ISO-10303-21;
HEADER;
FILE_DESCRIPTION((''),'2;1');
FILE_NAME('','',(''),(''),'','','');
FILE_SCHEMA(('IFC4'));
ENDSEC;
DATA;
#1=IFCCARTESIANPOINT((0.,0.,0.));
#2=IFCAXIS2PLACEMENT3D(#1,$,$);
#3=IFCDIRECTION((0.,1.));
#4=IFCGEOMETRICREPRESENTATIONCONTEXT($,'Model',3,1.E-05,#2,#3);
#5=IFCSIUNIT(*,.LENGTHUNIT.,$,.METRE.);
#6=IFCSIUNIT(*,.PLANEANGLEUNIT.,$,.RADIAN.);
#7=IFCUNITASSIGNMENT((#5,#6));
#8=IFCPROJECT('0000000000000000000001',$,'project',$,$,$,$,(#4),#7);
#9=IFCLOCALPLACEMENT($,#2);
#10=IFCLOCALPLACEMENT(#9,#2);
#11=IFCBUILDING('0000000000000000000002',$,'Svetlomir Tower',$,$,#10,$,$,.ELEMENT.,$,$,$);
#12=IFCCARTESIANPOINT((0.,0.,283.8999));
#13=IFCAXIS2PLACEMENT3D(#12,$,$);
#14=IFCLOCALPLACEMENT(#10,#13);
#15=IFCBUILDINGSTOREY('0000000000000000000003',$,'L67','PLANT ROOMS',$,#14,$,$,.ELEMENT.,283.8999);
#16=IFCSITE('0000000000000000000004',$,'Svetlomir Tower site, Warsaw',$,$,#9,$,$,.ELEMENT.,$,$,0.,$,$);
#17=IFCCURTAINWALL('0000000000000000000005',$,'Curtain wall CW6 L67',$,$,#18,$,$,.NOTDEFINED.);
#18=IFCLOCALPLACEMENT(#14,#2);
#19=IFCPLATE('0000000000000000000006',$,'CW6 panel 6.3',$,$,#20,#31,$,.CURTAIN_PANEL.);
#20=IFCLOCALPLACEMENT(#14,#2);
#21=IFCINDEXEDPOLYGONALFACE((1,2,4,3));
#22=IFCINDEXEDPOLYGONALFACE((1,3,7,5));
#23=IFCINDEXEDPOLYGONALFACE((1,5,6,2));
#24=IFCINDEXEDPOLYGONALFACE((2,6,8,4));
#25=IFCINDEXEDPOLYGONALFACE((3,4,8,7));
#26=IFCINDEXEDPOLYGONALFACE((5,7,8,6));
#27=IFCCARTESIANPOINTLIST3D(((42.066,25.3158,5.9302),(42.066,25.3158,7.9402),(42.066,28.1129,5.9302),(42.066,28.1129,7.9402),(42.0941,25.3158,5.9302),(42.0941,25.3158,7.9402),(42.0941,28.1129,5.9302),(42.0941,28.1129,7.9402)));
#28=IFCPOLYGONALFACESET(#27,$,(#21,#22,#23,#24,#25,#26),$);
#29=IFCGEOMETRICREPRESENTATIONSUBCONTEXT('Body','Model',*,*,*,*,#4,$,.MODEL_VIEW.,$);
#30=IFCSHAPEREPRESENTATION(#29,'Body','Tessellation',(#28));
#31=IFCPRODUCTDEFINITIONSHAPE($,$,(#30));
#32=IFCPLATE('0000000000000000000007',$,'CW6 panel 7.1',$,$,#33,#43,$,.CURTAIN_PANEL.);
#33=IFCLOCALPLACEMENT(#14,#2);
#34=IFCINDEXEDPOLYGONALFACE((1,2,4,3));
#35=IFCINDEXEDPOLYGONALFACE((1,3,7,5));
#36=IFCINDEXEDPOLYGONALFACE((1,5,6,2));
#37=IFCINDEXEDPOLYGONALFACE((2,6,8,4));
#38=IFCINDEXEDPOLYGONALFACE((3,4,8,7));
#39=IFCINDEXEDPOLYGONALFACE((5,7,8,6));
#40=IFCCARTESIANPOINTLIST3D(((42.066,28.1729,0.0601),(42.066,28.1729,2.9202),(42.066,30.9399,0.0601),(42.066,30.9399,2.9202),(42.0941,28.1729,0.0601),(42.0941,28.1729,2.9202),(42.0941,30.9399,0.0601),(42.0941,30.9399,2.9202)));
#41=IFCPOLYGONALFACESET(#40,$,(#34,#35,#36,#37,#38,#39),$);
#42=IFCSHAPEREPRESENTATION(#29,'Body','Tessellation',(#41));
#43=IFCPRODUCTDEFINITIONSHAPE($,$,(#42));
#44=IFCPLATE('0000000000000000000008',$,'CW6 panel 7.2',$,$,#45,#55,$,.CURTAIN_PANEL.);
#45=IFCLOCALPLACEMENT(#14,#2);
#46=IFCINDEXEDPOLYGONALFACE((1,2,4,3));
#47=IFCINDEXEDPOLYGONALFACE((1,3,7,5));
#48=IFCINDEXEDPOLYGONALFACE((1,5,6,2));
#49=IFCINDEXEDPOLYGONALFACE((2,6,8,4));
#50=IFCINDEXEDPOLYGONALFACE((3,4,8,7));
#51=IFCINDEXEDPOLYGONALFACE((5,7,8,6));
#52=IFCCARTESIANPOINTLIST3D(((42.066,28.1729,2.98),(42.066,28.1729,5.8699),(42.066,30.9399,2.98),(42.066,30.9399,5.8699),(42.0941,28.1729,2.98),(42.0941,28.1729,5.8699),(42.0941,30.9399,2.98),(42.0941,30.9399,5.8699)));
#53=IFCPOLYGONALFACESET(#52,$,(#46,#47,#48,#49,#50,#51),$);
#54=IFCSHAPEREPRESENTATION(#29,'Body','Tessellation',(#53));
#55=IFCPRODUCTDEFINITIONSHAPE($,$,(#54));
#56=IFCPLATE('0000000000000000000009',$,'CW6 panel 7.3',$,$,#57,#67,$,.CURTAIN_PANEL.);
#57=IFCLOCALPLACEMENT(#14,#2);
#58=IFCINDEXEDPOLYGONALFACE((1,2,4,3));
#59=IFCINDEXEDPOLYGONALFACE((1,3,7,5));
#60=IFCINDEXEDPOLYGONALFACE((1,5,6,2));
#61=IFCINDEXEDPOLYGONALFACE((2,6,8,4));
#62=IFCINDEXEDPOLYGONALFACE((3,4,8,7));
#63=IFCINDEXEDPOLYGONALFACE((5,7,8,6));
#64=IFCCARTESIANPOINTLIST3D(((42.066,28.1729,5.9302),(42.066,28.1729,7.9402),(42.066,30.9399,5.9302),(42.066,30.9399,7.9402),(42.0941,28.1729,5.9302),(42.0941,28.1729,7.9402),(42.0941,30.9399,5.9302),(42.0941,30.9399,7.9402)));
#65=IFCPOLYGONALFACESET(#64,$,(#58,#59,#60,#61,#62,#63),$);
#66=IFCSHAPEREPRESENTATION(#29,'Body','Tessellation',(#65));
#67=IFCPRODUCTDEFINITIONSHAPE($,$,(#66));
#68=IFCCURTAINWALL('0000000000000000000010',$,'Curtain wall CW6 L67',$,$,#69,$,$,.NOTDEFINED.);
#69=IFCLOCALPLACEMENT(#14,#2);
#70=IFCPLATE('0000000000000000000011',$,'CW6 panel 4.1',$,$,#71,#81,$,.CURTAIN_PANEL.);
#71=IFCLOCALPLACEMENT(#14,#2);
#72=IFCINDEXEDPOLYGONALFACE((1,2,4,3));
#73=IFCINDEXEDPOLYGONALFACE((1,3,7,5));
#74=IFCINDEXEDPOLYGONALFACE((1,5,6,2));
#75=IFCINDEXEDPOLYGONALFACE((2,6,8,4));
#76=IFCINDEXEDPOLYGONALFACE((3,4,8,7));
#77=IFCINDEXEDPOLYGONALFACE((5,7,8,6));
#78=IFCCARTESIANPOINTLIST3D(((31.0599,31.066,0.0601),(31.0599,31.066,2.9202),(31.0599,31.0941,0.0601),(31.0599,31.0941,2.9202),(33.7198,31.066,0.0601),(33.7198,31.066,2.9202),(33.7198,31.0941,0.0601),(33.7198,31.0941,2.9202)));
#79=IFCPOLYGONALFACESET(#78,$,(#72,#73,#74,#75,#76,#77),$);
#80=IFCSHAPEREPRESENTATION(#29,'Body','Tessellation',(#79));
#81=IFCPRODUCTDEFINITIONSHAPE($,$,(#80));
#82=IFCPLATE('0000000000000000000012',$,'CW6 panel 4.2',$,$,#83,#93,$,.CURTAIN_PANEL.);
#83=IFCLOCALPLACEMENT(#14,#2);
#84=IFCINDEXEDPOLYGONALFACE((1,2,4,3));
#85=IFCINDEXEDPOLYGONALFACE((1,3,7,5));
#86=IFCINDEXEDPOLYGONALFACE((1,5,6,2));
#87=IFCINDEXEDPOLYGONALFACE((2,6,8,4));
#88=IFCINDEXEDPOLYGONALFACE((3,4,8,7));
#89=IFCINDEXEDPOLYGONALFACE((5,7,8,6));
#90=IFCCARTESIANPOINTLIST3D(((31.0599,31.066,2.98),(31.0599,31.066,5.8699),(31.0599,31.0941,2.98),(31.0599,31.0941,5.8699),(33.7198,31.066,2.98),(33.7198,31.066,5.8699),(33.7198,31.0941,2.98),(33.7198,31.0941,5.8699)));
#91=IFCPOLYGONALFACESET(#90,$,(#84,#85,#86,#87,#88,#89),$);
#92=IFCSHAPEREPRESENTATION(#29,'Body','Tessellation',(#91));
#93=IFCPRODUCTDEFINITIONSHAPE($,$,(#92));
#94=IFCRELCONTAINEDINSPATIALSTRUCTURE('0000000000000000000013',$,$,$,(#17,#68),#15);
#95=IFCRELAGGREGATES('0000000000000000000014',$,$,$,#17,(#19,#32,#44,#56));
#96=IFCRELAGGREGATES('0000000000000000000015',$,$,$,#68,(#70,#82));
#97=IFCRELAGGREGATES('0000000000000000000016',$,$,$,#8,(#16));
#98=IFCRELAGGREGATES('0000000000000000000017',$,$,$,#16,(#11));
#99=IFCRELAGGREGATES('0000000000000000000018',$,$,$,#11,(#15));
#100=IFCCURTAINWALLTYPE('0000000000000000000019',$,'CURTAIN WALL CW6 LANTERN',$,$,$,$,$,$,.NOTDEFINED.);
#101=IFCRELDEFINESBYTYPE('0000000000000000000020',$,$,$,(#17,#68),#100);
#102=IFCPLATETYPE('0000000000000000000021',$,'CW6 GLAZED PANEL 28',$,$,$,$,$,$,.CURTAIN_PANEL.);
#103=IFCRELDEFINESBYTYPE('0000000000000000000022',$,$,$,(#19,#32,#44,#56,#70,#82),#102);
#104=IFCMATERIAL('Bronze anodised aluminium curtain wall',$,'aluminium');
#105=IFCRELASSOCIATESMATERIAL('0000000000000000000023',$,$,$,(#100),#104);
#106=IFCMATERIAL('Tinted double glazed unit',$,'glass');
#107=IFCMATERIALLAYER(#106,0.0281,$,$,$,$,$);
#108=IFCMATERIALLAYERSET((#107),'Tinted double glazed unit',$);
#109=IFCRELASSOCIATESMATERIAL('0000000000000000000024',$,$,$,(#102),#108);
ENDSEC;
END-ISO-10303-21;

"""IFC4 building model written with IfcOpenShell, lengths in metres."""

from ifc_helpers import new_model, si_unit, direction, frame, origin, origin_2d, place, context, subcontext, project, spatial, rectangle, extrude, material, layer, layer_set, type_object, element, aggregate, save


model = new_model("IFC4")

# Units and contexts
model_context = context("Model", 3, precision=1e-05, world=origin(), true_north=direction((0.0, 1.0)))
body_context = subcontext(model_context, "Body", "Model", "MODEL_VIEW")
ifc_project = project(units=[si_unit("LENGTHUNIT", "METRE"), si_unit("PLANEANGLEUNIT", "RADIAN")], contexts=[model_context])

# Site, building, storey
site_placement = place(None, origin())
site = spatial("IfcSite", under=ifc_project, at=site_placement, Name="Svetlomir Tower site, Warsaw", CompositionType="ELEMENT", RefElevation=0.0)
building_placement = place(site_placement, origin())
building = spatial("IfcBuilding", under=site, at=building_placement, Name="Svetlomir Tower", CompositionType="ELEMENT")
storey_placement = place(building_placement, frame((0.0, 0.0, 283.8999)))
storey = spatial("IfcBuildingStorey", under=building, at=storey_placement, Name="L67", Description="PLANT ROOMS", CompositionType="ELEMENT", Elevation=283.8999)

# Curtain wall, plates
ifc_material_1 = material(Name="Bronze anodised aluminium curtain wall", Category="aluminium")
curtain_wall_type = type_object("IfcCurtainWallType", Name="CURTAIN WALL CW6 LANTERN", PredefinedType="NOTDEFINED", material=ifc_material_1)
curtain_wall_1_placement = place(storey_placement, origin())
curtain_wall_1 = element("IfcCurtainWall", 1, at=curtain_wall_1_placement, inside=storey, type_object=curtain_wall_type, Name="Curtain wall CW6 L67", PredefinedType="NOTDEFINED")
ifc_material_2 = material(Name="Tinted double glazed unit", Category="glass")
ifc_layer = layer(ifc_material_2, 0.0281)
ifc_layer_set = layer_set([ifc_layer], Name="Tinted double glazed unit")
plate_type = type_object("IfcPlateType", Name="CW6 GLAZED PANEL 28", PredefinedType="CURTAIN_PANEL", material=ifc_layer_set)
plate_1_placement = place(storey_placement, frame((42.0801, 26.7144, 5.9302), z_axis=(0.0, 0.0, 1.0), x_axis=(0.0, 1.0, 0.0)))
plate_1 = element("IfcPlate", 2, at=plate_1_placement, type_object=plate_type, Name="CW6 panel 6.3", PredefinedType="CURTAIN_PANEL", context=body_context, shape_type="SweptSolid", body=[
    extrude(rectangle(XDim=2.7971, YDim=0.0281, at=origin_2d()), origin(), (0.0, 0.0, 1.0), 2.01),
])
plate_2_placement = place(storey_placement, frame((42.0801, 29.5564, 0.0601), z_axis=(0.0, 0.0, 1.0), x_axis=(0.0, 1.0, 0.0)))
plate_2 = element("IfcPlate", 3, at=plate_2_placement, type_object=plate_type, Name="CW6 panel 7.1", PredefinedType="CURTAIN_PANEL", context=body_context, shape_type="SweptSolid", body=[
    extrude(rectangle(XDim=2.7671, YDim=0.0281, at=origin_2d()), origin(), (0.0, 0.0, 1.0), 2.8601),
])
plate_3_placement = place(storey_placement, frame((42.0801, 29.5564, 2.98), z_axis=(0.0, 0.0, 1.0), x_axis=(0.0, 1.0, 0.0)))
plate_3 = element("IfcPlate", 4, at=plate_3_placement, type_object=plate_type, Name="CW6 panel 7.2", PredefinedType="CURTAIN_PANEL", context=body_context, shape_type="SweptSolid", body=[
    extrude(rectangle(XDim=2.7671, YDim=0.0281, at=origin_2d()), origin(), (0.0, 0.0, 1.0), 2.8899),
])
plate_4_placement = place(storey_placement, frame((42.0801, 29.5564, 5.9302), z_axis=(0.0, 0.0, 1.0), x_axis=(0.0, 1.0, 0.0)))
plate_4 = element("IfcPlate", 5, at=plate_4_placement, type_object=plate_type, Name="CW6 panel 7.3", PredefinedType="CURTAIN_PANEL", context=body_context, shape_type="SweptSolid", body=[
    extrude(rectangle(XDim=2.7671, YDim=0.0281, at=origin_2d()), origin(), (0.0, 0.0, 1.0), 2.01),
])
aggregate(curtain_wall_1, [plate_1, plate_2, plate_3, plate_4])

# Curtain wall, plates
curtain_wall_2_placement = place(storey_placement, origin())
curtain_wall_2 = element("IfcCurtainWall", 6, at=curtain_wall_2_placement, inside=storey, type_object=curtain_wall_type, Name="Curtain wall CW6 L67", PredefinedType="NOTDEFINED")
plate_5_placement = place(storey_placement, frame((32.3899, 31.0801, 0.0601), z_axis=(0.0, 0.0, 1.0), x_axis=(-1.0, 0.0, 0.0)))
plate_5 = element("IfcPlate", 7, at=plate_5_placement, type_object=plate_type, Name="CW6 panel 4.1", PredefinedType="CURTAIN_PANEL", context=body_context, shape_type="SweptSolid", body=[
    extrude(rectangle(XDim=2.6599, YDim=0.0281, at=origin_2d()), origin(), (0.0, 0.0, 1.0), 2.8601),
])
plate_6_placement = place(storey_placement, frame((32.3899, 31.0801, 2.98), z_axis=(0.0, 0.0, 1.0), x_axis=(-1.0, 0.0, 0.0)))
plate_6 = element("IfcPlate", 8, at=plate_6_placement, type_object=plate_type, Name="CW6 panel 4.2", PredefinedType="CURTAIN_PANEL", context=body_context, shape_type="SweptSolid", body=[
    extrude(rectangle(XDim=2.6599, YDim=0.0281, at=origin_2d()), origin(), (0.0, 0.0, 1.0), 2.8899),
])
aggregate(curtain_wall_2, [plate_5, plate_6])

save(model, "model.ifc")
